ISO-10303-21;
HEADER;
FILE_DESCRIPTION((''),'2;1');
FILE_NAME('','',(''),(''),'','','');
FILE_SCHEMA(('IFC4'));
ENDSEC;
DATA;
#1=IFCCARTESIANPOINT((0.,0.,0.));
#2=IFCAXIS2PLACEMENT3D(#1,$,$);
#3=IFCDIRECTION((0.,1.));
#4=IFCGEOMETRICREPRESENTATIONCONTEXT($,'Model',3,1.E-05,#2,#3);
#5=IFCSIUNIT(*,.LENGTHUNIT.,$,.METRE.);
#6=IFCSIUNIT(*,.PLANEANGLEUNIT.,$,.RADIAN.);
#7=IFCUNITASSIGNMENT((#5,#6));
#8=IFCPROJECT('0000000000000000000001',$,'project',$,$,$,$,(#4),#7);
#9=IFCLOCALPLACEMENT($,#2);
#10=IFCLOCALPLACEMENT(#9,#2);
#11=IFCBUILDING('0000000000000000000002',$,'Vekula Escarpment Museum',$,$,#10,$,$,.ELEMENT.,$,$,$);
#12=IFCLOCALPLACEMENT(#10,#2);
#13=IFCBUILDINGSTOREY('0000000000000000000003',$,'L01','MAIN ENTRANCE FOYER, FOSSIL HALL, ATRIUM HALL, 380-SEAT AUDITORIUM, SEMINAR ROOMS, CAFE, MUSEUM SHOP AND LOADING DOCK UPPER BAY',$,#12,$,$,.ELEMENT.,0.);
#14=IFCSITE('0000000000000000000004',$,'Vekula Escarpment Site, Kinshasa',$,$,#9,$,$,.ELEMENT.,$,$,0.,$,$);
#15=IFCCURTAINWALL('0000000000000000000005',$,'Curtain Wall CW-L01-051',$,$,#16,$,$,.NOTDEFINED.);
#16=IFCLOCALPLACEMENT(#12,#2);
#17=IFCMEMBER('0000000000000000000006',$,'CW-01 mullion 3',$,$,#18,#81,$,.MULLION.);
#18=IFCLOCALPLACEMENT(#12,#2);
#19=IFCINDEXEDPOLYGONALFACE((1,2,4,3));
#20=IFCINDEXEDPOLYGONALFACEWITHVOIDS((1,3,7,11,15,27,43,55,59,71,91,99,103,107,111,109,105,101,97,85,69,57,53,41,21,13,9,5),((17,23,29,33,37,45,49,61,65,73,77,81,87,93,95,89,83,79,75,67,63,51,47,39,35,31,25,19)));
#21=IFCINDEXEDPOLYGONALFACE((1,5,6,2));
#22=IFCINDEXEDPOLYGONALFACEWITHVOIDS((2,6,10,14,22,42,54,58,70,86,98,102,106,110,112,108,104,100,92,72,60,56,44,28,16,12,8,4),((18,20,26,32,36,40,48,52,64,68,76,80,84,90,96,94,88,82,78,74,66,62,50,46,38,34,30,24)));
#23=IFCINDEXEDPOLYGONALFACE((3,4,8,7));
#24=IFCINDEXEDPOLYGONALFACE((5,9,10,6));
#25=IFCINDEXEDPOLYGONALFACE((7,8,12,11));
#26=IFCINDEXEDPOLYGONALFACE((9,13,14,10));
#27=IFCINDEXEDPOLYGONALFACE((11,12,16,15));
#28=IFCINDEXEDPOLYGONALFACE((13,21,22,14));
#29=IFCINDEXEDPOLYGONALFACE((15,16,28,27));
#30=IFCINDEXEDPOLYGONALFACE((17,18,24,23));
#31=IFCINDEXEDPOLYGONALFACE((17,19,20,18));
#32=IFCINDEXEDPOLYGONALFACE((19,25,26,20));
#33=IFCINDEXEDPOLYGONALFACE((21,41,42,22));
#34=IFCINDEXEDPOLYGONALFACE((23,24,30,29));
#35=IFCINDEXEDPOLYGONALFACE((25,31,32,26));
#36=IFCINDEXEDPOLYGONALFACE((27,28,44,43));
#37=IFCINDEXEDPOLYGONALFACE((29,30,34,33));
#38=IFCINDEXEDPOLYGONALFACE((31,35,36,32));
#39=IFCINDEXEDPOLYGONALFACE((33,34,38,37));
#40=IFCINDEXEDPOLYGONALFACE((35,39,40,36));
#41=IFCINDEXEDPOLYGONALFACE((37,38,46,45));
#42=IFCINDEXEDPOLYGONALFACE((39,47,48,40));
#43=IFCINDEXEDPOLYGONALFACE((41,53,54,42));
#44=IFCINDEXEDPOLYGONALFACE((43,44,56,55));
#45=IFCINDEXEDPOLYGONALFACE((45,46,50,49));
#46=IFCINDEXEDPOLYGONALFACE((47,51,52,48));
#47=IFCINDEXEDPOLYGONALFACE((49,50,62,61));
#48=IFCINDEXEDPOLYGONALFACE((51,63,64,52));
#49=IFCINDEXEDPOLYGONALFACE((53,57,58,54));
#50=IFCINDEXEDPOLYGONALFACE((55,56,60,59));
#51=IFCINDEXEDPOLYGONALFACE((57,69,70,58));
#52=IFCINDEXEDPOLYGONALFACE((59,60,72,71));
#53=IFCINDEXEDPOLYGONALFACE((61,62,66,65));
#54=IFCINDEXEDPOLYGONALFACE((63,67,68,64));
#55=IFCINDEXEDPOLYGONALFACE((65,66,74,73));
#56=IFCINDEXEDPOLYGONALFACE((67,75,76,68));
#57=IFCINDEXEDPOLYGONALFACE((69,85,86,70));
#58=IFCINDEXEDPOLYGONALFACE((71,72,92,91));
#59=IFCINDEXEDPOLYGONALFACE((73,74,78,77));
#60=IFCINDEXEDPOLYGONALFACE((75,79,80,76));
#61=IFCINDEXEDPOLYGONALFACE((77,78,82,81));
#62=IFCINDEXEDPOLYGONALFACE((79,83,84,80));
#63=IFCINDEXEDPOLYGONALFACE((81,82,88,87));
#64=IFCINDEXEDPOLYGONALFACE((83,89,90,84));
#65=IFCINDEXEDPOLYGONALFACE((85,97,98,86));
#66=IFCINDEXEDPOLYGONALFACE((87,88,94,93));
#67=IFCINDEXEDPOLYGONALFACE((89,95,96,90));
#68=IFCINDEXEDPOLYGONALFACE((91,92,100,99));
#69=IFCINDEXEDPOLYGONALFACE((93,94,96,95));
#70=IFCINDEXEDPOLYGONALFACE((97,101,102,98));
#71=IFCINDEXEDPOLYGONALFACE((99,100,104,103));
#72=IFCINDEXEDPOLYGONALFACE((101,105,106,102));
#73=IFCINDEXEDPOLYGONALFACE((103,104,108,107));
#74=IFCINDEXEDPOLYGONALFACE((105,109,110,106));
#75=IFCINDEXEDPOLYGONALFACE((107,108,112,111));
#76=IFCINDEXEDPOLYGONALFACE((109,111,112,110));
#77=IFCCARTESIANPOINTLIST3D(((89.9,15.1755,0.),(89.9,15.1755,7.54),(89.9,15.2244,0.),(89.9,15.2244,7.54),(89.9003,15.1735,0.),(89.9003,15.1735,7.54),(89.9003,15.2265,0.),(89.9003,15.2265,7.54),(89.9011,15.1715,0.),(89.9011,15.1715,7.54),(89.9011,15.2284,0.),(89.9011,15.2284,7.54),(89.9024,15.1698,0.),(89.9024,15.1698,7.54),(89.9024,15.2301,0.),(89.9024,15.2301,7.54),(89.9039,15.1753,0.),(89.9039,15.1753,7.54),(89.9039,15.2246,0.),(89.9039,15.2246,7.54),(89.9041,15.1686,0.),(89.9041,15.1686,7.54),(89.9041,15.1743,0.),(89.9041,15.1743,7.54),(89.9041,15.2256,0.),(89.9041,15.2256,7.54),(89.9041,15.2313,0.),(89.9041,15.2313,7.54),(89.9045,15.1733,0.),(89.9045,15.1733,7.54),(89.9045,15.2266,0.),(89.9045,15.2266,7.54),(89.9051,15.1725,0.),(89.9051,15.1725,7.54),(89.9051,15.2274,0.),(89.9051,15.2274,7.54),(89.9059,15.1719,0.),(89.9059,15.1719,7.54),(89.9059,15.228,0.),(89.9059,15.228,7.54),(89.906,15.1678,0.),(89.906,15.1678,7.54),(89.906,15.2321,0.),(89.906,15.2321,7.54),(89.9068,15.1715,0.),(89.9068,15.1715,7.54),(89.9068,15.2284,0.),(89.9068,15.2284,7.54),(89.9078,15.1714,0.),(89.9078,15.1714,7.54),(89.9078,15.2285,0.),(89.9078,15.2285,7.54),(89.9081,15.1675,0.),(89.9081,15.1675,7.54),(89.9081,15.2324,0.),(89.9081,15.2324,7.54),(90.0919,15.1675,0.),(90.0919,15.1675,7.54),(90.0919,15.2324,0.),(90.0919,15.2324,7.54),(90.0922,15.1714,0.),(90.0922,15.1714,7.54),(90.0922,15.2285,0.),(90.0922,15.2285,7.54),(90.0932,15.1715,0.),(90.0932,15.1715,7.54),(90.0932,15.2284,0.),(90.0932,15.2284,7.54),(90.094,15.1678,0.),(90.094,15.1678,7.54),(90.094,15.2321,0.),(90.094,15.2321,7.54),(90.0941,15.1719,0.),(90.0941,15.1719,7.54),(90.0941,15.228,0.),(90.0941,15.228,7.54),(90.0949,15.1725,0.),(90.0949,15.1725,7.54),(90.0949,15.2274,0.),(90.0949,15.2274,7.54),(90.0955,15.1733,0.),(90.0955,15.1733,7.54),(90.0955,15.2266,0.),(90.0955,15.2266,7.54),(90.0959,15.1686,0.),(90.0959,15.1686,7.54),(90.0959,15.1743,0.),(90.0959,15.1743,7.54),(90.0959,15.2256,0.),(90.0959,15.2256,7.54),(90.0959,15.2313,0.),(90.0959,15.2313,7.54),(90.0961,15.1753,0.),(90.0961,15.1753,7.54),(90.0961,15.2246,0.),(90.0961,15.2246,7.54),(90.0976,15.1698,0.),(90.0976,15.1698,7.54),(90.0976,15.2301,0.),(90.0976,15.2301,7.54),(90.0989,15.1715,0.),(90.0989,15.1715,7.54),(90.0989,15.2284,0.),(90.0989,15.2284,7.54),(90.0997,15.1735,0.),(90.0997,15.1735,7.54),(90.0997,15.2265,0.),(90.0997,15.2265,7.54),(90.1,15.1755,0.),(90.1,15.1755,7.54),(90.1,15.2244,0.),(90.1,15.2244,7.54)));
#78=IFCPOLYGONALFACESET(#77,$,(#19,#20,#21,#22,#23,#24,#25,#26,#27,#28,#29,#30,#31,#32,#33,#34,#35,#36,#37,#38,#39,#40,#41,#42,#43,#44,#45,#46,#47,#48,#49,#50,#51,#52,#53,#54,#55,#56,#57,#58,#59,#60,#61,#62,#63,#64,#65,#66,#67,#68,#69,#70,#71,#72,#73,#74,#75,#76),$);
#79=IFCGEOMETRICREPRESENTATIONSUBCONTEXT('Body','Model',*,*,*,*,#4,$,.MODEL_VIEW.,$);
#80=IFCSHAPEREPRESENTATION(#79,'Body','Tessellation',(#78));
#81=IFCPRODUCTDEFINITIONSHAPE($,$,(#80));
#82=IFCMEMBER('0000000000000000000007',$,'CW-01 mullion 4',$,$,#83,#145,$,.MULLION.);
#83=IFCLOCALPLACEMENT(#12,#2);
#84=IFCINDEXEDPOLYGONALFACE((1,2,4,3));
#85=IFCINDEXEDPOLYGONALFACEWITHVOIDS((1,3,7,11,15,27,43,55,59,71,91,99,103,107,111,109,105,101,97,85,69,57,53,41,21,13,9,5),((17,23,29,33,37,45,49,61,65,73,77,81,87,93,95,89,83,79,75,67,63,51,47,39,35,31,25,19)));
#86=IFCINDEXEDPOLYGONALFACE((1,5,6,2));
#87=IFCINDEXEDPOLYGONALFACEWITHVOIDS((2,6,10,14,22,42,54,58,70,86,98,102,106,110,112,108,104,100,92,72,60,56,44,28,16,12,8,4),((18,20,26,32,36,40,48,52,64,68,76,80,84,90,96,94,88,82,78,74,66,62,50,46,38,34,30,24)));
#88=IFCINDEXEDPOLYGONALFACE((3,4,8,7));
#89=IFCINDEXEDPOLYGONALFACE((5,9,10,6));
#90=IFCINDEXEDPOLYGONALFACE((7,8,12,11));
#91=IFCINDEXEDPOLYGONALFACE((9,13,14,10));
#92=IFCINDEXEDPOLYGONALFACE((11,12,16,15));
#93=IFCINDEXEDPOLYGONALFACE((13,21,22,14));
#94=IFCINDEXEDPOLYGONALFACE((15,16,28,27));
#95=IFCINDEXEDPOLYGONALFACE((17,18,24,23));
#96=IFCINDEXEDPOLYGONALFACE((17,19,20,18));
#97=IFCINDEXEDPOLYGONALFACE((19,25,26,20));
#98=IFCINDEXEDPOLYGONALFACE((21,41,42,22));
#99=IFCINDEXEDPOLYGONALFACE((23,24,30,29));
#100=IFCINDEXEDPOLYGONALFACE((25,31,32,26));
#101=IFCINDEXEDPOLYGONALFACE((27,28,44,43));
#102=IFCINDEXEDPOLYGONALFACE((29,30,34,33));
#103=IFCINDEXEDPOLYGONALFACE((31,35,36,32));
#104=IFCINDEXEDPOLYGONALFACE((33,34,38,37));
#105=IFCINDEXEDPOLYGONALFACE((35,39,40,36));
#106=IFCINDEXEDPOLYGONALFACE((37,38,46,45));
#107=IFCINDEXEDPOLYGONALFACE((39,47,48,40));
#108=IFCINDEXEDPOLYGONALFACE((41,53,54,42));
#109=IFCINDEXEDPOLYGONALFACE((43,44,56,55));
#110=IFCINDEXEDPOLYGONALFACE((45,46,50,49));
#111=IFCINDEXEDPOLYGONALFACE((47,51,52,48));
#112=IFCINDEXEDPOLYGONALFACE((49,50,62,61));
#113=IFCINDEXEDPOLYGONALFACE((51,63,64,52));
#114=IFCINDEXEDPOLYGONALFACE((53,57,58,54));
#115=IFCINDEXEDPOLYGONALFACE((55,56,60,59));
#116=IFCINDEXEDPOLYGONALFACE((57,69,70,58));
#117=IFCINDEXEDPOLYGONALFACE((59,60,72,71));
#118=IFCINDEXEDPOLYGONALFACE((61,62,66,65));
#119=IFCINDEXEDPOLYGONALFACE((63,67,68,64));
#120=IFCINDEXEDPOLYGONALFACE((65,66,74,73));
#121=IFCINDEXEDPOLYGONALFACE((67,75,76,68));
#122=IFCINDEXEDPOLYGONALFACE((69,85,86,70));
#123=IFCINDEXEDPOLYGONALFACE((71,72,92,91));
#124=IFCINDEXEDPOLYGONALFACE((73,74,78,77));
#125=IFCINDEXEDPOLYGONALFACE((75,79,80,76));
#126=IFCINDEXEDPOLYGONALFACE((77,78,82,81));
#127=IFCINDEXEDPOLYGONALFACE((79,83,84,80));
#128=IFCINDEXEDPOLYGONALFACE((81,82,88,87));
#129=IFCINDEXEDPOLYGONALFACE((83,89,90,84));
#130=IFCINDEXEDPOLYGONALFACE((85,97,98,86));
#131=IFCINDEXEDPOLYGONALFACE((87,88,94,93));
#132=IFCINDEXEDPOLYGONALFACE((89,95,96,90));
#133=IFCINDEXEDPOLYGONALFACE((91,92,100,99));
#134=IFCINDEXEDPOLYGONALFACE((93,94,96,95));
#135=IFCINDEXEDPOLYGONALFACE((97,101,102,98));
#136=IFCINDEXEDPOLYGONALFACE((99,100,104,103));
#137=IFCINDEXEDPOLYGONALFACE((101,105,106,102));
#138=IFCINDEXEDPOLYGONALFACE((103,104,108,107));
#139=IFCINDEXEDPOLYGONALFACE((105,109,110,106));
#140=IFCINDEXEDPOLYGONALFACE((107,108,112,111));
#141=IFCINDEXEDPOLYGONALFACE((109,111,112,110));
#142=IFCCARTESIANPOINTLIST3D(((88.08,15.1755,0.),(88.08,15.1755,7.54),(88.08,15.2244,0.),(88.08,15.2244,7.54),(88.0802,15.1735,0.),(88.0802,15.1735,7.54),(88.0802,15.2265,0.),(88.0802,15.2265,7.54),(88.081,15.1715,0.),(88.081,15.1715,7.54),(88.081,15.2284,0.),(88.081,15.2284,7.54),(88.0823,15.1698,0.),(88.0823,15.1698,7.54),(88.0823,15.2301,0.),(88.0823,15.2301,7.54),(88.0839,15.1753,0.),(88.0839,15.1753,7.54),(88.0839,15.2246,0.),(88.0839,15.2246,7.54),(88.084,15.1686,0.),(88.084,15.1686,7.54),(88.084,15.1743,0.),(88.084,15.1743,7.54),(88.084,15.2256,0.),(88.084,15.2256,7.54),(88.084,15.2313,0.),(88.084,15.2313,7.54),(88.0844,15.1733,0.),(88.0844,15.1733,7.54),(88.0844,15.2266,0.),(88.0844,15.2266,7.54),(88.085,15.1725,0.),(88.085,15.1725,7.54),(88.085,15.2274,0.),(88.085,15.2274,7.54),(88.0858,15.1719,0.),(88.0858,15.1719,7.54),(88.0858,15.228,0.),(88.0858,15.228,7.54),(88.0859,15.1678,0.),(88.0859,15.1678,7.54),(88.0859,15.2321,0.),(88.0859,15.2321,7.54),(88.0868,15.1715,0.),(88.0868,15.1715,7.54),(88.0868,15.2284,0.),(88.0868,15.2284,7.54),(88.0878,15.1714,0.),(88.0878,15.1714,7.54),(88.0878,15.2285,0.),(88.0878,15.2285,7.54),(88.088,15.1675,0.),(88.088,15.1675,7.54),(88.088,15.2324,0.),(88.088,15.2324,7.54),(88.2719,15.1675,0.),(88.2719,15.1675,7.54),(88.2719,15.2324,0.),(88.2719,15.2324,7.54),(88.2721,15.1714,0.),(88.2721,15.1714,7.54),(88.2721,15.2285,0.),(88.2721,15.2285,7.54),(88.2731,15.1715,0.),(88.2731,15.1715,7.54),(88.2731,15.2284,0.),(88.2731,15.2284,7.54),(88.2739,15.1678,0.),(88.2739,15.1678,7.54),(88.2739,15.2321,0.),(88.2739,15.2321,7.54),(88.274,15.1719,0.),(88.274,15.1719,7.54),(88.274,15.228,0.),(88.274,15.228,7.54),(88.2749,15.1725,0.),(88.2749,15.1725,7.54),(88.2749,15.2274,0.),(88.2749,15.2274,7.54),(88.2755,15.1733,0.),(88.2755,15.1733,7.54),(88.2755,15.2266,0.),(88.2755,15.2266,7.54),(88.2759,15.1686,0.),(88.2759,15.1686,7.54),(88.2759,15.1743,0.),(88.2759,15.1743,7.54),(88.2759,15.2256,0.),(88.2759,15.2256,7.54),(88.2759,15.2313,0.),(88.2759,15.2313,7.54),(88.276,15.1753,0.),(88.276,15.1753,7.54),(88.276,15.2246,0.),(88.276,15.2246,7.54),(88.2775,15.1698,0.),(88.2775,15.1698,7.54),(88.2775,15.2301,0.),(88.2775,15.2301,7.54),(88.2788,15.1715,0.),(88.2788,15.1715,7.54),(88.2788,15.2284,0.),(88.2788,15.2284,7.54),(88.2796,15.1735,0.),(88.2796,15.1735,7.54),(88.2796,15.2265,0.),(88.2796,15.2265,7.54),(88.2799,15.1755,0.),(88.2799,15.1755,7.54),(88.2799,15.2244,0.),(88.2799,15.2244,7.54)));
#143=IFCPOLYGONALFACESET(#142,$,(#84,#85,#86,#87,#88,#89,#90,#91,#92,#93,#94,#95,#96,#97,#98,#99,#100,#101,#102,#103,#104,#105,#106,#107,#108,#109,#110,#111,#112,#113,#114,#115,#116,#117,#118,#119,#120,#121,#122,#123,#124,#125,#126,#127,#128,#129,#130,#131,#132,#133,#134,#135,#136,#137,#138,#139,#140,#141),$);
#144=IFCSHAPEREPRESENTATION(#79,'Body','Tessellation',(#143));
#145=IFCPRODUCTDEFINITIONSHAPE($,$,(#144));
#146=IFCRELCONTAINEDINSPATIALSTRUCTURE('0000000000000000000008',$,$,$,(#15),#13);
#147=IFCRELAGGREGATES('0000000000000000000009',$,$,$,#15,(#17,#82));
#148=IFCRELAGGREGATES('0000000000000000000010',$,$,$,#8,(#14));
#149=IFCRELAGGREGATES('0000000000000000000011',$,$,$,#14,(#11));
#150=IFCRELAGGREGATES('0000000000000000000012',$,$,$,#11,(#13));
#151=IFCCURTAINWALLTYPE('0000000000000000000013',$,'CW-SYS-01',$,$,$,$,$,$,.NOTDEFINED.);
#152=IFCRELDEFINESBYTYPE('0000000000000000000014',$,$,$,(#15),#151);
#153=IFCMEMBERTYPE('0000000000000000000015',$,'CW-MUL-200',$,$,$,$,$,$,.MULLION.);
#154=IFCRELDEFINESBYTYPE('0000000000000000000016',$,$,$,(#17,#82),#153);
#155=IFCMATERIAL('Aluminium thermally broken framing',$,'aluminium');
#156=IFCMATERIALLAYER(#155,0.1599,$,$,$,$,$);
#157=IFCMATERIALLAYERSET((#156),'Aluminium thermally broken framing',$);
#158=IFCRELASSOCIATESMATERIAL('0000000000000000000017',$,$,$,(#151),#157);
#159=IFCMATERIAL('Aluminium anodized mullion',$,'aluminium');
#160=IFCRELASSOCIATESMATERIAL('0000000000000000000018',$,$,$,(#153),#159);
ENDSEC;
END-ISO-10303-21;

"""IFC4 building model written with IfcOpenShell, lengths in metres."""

from ifc_helpers import new_model, si_unit, direction, frame, origin, origin_2d, place, context, subcontext, project, spatial, hollow_rectangle, extrude, material, layer, layer_set, material_profile, profile_set, type_object, element, aggregate, save


model = new_model("IFC4")

# Units and contexts
model_context = context("Model", 3, precision=1e-05, world=origin(), true_north=direction((0.0, 1.0)))
body_context = subcontext(model_context, "Body", "Model", "MODEL_VIEW")
ifc_project = project(units=[si_unit("LENGTHUNIT", "METRE"), si_unit("PLANEANGLEUNIT", "RADIAN")], contexts=[model_context])

# Site, building, storey
site_placement = place(None, origin())
site = spatial("IfcSite", under=ifc_project, at=site_placement, Name="Vekula Escarpment Site, Kinshasa", CompositionType="ELEMENT", RefElevation=0.0)
building_placement = place(site_placement, origin())
building = spatial("IfcBuilding", under=site, at=building_placement, Name="Vekula Escarpment Museum", CompositionType="ELEMENT")
storey_placement = place(building_placement, origin())
storey = spatial("IfcBuildingStorey", under=building, at=storey_placement, Name="L01", Description="MAIN ENTRANCE FOYER, FOSSIL HALL, ATRIUM HALL, 380-SEAT AUDITORIUM, SEMINAR ROOMS, CAFE, MUSEUM SHOP AND LOADING DOCK UPPER BAY", CompositionType="ELEMENT", Elevation=0.0)

# Curtain wall, members
ifc_material_1 = material(Name="Aluminium thermally broken framing", Category="aluminium")
ifc_layer_1 = layer(ifc_material_1, 0.1599)
ifc_layer_set_1 = layer_set([ifc_layer_1], Name="Aluminium thermally broken framing")
curtain_wall_type = type_object("IfcCurtainWallType", Name="CW-SYS-01", PredefinedType="NOTDEFINED", material=ifc_layer_set_1)
curtain_wall_placement = place(storey_placement, origin())
curtain_wall = element("IfcCurtainWall", 1, at=curtain_wall_placement, inside=storey, type_object=curtain_wall_type, Name="Curtain Wall CW-L01-051", PredefinedType="NOTDEFINED")
ifc_material_2 = material(Name="Aluminium anodized mullion", Category="aluminium")
ifc_material_profile_1 = material_profile(ifc_material_2, hollow_rectangle(XDim=0.0649, YDim=0.2, WallThickness=0.0039, InnerFilletRadius=0.0039, OuterFilletRadius=0.0081, at=origin_2d()), Name="ALU 200x65x4")
ifc_profile_set_1 = profile_set([ifc_material_profile_1], Name="Aluminium anodized mullion")
member_type_1 = type_object("IfcMemberType", Name="CW-MUL-200", PredefinedType="MULLION", material=ifc_profile_set_1)
member_1_placement = place(storey_placement, frame((90.0, 15.2, 0.0), z_axis=(0.0, 0.0, 1.0), x_axis=(0.0, -1.0, 0.0)))
member_1 = element("IfcMember", 2, at=member_1_placement, type_object=member_type_1, Name="CW-01 mullion 3", PredefinedType="MULLION", context=body_context, shape_type="SweptSolid", body=[
    extrude(hollow_rectangle(XDim=0.0649, YDim=0.2, WallThickness=0.0039, InnerFilletRadius=0.0039, OuterFilletRadius=0.0081, at=origin_2d()), origin(), (0.0, 0.0, 1.0), 7.54),
])
member_2_placement = place(storey_placement, frame((88.1799, 15.2, 0.0), z_axis=(0.0, 0.0, 1.0), x_axis=(0.0, -1.0, 0.0)))
member_2 = element("IfcMember", 3, at=member_2_placement, type_object=member_type_1, Name="CW-01 mullion 4", PredefinedType="MULLION", context=body_context, shape_type="SweptSolid", body=[
    extrude(hollow_rectangle(XDim=0.0649, YDim=0.2, WallThickness=0.0039, InnerFilletRadius=0.0039, OuterFilletRadius=0.0081, at=origin_2d()), origin(), (0.0, 0.0, 1.0), 7.54),
])
aggregate(curtain_wall, [member_1, member_2])

save(model, "model.ifc")
